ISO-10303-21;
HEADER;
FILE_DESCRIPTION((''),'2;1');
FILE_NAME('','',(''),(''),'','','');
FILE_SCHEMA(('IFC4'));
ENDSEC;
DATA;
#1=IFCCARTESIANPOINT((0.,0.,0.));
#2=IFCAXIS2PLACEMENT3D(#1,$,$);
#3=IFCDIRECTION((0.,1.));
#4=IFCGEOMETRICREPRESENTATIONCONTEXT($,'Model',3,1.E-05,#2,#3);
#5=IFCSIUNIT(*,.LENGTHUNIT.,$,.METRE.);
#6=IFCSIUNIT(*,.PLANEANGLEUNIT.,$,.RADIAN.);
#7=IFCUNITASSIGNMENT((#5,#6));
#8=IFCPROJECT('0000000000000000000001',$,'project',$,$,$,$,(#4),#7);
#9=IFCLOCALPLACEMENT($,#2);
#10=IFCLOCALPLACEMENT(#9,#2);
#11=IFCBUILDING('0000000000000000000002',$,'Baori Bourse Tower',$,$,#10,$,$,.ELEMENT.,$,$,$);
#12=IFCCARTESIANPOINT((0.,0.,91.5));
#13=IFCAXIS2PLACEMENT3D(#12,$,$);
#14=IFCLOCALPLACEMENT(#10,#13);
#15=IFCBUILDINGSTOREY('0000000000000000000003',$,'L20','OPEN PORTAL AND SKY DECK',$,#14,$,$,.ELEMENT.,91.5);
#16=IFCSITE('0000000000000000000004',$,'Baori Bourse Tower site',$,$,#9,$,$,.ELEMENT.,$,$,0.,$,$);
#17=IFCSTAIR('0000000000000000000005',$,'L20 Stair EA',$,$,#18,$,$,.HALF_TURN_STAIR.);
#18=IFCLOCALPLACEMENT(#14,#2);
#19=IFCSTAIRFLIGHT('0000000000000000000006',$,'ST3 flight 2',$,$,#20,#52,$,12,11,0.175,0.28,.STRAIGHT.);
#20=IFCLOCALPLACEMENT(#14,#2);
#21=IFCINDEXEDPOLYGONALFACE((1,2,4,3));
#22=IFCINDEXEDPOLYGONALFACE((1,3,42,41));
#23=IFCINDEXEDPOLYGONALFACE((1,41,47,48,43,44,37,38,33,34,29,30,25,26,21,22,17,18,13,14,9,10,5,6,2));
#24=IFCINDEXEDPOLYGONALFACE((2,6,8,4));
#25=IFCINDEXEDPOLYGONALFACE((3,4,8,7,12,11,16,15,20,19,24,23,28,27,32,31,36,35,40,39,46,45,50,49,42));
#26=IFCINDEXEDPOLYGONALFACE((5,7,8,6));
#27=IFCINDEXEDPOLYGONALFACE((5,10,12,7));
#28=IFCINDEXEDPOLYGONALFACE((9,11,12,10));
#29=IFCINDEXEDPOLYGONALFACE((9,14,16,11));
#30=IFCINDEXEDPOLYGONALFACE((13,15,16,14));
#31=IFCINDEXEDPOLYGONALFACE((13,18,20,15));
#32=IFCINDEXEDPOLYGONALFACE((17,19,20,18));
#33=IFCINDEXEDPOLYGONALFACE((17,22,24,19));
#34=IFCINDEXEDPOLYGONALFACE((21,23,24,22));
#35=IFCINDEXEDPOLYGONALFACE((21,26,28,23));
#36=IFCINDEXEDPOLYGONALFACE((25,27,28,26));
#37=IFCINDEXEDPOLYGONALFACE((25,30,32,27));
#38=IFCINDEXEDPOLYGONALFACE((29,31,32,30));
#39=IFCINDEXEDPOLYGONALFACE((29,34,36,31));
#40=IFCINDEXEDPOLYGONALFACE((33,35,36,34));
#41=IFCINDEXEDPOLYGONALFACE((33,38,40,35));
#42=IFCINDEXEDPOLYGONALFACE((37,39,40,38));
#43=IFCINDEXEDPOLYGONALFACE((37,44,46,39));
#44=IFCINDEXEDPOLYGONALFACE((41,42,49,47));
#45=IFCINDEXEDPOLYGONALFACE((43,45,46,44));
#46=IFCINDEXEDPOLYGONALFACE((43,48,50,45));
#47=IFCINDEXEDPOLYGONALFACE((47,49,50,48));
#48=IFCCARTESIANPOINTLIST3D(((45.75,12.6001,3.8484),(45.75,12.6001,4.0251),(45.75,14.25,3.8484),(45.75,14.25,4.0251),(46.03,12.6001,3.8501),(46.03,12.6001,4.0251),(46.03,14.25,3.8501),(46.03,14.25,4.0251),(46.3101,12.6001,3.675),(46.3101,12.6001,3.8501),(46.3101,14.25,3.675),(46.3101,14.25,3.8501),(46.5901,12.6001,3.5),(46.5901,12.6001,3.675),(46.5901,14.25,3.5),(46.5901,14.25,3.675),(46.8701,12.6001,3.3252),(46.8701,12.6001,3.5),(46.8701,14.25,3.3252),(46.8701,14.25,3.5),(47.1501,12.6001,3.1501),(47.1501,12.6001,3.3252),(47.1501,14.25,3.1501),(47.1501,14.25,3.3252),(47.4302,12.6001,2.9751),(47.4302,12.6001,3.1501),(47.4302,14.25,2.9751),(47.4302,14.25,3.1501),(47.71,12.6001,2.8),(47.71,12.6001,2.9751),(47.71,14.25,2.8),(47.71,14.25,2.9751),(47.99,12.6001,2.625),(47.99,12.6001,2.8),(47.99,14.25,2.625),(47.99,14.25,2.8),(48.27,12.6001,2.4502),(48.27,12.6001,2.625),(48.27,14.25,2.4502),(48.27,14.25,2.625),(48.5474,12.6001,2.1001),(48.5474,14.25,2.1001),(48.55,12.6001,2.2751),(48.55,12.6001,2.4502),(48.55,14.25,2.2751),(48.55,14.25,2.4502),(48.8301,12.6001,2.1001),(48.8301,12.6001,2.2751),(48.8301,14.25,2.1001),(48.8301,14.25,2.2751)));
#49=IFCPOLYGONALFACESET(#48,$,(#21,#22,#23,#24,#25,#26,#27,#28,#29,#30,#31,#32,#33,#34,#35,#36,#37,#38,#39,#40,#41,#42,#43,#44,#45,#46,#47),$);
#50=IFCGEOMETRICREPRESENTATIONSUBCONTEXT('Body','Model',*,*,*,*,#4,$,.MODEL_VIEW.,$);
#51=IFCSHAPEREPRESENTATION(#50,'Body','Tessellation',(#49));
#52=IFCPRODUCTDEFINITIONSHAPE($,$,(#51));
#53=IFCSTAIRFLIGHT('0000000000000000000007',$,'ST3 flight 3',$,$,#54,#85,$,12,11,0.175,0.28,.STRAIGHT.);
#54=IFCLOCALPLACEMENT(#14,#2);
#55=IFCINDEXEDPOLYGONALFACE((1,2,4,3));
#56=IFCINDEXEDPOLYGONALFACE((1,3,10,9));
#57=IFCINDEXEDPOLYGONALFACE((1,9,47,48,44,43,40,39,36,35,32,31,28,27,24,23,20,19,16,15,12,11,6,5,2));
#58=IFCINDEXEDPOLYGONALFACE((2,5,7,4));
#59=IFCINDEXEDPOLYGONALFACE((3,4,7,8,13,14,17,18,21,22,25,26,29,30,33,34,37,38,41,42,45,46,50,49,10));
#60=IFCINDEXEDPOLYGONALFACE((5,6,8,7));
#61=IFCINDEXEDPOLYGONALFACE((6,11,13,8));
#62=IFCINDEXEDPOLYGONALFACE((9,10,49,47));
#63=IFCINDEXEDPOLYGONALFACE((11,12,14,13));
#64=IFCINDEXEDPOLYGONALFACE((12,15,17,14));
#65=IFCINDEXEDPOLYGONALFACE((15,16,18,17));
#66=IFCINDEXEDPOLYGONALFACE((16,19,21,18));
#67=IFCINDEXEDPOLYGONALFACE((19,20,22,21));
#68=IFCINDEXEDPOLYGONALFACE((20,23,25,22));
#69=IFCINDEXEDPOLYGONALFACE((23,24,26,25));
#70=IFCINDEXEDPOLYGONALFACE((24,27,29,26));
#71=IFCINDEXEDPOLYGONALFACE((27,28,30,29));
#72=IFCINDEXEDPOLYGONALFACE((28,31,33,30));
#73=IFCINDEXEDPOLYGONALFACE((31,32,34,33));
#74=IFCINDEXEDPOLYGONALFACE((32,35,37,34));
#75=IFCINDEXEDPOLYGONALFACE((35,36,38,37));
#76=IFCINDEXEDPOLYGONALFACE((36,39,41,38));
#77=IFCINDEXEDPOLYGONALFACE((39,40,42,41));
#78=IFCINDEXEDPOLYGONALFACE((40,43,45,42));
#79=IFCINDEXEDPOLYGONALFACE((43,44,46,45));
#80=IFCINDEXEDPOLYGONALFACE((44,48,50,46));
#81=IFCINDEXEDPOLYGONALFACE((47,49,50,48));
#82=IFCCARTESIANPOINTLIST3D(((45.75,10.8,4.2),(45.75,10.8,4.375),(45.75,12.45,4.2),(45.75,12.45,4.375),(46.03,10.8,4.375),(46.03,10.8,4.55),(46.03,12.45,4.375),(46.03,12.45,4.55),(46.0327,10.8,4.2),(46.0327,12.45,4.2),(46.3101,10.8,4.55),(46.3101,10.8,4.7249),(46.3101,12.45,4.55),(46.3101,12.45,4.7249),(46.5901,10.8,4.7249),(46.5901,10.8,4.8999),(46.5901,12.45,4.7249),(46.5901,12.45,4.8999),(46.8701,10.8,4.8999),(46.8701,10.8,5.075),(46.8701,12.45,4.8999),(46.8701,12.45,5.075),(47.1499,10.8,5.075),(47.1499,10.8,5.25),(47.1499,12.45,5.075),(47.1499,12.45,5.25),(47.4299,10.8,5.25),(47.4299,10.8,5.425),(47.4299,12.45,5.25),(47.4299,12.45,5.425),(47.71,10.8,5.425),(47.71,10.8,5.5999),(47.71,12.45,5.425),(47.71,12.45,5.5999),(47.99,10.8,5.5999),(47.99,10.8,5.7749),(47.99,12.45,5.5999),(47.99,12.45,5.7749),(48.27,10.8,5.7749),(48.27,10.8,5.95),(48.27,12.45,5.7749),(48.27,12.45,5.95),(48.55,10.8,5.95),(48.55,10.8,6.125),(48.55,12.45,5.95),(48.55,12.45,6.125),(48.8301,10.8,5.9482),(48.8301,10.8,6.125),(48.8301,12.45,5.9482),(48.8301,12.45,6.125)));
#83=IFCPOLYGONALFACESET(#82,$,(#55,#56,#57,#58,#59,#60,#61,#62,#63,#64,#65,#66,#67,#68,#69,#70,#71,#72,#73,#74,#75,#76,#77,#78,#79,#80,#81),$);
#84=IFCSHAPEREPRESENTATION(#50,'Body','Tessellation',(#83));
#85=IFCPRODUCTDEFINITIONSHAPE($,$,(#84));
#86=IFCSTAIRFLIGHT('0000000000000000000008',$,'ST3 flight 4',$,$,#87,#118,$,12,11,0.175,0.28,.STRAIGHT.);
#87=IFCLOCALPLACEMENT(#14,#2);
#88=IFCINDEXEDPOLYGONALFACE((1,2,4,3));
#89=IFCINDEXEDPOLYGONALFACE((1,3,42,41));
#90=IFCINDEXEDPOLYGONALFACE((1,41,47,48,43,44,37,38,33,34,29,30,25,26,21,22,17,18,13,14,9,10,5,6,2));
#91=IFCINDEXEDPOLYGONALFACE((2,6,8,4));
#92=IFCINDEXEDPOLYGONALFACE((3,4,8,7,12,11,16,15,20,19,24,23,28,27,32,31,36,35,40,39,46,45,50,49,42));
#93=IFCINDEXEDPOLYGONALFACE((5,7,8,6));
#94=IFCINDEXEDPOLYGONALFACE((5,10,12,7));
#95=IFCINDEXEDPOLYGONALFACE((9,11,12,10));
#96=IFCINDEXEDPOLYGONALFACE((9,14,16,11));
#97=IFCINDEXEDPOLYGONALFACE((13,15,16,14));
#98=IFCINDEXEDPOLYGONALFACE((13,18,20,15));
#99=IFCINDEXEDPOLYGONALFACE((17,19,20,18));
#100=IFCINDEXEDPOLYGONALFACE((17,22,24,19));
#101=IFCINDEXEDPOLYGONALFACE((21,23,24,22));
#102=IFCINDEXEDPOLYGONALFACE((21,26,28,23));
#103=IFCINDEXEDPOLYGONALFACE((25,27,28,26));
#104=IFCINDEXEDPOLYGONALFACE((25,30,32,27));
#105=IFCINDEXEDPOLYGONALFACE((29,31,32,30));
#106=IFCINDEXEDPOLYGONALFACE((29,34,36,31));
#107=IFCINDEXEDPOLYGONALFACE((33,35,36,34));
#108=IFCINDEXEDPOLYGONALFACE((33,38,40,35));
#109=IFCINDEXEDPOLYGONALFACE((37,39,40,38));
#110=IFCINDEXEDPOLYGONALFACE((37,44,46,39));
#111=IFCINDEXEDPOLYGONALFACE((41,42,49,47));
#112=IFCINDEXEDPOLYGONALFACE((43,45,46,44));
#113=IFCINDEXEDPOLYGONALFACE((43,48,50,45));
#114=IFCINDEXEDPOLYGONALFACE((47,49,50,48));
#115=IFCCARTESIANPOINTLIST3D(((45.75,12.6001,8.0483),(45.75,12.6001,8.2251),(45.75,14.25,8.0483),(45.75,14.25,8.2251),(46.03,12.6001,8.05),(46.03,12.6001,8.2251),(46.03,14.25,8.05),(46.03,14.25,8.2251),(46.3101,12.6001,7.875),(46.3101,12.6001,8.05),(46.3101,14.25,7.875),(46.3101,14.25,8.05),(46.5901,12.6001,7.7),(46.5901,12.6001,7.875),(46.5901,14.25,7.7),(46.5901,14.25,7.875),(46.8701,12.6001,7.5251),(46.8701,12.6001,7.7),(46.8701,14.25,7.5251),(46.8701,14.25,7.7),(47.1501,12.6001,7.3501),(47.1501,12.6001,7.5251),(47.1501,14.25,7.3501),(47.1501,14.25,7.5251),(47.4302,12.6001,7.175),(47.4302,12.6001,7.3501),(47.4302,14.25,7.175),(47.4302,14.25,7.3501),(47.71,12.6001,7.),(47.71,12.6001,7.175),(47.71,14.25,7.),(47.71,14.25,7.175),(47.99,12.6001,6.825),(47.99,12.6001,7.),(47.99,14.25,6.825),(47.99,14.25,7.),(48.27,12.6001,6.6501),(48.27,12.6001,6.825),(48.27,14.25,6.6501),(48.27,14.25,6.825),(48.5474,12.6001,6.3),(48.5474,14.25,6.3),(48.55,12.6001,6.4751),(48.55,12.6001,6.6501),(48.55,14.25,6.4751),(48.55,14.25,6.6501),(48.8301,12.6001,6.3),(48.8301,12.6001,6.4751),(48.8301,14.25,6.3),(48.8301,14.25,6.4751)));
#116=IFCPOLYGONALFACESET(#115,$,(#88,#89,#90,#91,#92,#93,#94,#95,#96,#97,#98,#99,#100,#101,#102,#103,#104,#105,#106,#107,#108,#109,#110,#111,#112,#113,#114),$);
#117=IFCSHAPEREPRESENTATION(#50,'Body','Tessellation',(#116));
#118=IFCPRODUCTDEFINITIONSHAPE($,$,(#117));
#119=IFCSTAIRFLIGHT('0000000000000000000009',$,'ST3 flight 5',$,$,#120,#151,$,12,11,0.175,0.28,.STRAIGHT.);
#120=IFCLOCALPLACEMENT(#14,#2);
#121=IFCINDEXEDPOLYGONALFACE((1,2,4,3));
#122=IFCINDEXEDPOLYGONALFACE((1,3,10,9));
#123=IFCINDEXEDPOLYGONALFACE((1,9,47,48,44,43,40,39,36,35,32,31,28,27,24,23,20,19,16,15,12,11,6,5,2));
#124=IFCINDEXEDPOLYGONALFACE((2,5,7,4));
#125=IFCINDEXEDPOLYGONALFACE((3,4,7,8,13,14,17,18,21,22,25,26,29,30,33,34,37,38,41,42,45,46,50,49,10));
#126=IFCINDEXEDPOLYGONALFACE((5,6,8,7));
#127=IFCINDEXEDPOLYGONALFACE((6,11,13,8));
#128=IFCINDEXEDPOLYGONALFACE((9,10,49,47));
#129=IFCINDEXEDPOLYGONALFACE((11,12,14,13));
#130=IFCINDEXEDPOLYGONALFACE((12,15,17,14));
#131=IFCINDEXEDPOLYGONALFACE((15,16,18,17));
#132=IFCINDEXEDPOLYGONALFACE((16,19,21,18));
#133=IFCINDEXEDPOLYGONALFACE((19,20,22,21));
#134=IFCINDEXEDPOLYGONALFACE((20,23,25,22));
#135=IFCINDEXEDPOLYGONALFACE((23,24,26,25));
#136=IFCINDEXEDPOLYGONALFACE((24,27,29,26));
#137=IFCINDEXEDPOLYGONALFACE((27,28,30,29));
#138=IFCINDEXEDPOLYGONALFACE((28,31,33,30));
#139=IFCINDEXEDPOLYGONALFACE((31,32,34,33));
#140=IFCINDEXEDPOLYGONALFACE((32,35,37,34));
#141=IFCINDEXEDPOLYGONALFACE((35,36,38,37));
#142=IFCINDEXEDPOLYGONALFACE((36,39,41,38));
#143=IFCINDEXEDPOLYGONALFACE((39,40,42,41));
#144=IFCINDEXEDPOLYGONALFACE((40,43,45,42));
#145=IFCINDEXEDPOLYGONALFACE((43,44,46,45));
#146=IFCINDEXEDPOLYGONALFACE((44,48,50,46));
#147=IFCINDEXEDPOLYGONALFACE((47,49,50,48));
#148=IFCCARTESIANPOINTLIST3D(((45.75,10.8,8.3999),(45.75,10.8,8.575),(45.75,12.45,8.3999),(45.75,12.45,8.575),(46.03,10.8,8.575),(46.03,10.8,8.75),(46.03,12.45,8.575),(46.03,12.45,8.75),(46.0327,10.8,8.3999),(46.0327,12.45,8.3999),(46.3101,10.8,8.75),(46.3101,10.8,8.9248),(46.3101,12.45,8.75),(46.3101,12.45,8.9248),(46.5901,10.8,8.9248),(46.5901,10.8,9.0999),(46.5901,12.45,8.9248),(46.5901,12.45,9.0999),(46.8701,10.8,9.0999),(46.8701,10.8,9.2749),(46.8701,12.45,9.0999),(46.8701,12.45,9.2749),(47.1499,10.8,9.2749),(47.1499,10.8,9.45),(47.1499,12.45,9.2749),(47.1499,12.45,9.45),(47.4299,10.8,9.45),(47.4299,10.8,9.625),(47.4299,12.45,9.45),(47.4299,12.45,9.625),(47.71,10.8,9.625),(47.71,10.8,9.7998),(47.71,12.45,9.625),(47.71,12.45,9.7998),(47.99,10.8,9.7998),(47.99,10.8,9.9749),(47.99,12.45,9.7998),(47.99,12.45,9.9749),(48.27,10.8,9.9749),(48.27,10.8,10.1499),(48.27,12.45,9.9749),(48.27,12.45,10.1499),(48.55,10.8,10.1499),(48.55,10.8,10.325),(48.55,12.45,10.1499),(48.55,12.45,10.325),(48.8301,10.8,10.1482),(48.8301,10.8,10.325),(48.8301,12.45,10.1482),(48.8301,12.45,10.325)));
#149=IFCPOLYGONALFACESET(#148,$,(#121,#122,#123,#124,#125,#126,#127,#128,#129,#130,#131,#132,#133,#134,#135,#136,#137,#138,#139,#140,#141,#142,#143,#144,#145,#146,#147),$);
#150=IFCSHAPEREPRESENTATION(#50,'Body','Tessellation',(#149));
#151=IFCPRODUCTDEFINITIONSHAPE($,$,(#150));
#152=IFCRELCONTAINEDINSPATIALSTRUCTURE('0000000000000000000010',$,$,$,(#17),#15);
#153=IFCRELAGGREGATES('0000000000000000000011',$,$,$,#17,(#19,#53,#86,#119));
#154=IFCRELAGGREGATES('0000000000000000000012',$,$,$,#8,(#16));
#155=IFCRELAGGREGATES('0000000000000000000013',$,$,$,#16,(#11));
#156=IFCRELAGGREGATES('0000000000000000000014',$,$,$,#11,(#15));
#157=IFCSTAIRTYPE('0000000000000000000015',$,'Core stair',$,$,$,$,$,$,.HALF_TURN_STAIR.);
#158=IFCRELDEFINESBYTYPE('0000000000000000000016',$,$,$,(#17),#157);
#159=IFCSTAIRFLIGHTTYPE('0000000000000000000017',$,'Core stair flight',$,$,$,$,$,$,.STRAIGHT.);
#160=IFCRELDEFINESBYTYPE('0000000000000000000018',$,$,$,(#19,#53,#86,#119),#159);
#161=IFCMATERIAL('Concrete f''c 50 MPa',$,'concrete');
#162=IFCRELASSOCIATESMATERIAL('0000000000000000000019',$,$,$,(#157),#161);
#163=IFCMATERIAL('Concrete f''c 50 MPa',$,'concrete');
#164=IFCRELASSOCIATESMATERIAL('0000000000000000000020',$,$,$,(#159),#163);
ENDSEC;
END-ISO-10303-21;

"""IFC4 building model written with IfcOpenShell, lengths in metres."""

from ifc_helpers import new_model, si_unit, direction, frame, origin, place, context, subcontext, project, spatial, polyline, outline, extrude, material, type_object, element, aggregate, save


model = new_model("IFC4")

# Units and contexts
model_context = context("Model", 3, precision=1e-05, world=origin(), true_north=direction((0.0, 1.0)))
body_context = subcontext(model_context, "Body", "Model", "MODEL_VIEW")
ifc_project = project(units=[si_unit("LENGTHUNIT", "METRE"), si_unit("PLANEANGLEUNIT", "RADIAN")], contexts=[model_context])

# Site, building, storey
site_placement = place(None, origin())
site = spatial("IfcSite", under=ifc_project, at=site_placement, Name="Baori Bourse Tower site", CompositionType="ELEMENT", RefElevation=0.0)
building_placement = place(site_placement, origin())
building = spatial("IfcBuilding", under=site, at=building_placement, Name="Baori Bourse Tower", CompositionType="ELEMENT")
storey_placement = place(building_placement, frame((0.0, 0.0, 91.5)))
storey = spatial("IfcBuildingStorey", under=building, at=storey_placement, Name="L20", Description="OPEN PORTAL AND SKY DECK", CompositionType="ELEMENT", Elevation=91.5)

# Stair, stair flights
ifc_material_1 = material(Name="Concrete f'c 50 MPa", Category="concrete")
stair_type = type_object("IfcStairType", Name="Core stair", PredefinedType="HALF_TURN_STAIR", material=ifc_material_1)
stair_placement = place(storey_placement, origin())
stair = element("IfcStair", 1, at=stair_placement, inside=storey, type_object=stair_type, Name="L20 Stair EA", PredefinedType="HALF_TURN_STAIR")
ifc_material_2 = material(Name="Concrete f'c 50 MPa", Category="concrete")
stair_flight_type = type_object("IfcStairFlightType", Name="Core stair flight", PredefinedType="STRAIGHT", material=ifc_material_2)
stair_flight_1_placement = place(storey_placement, frame((48.8301, 13.425, 2.1001), z_axis=(0.0, 0.0, 1.0), x_axis=(-1.0, 0.0, 0.0)))
stair_flight_1 = element("IfcStairFlight", 2, at=stair_flight_1_placement, type_object=stair_flight_type, Name="ST3 flight 2", NumberOfRisers=12, NumberOfTreads=11, PredefinedType="STRAIGHT", RiserHeight=0.175, TreadLength=0.28, context=body_context, shape_type="SweptSolid", body=[
    extrude(outline(polyline([(0.0, 0.0), (0.0, 0.175), (0.28, 0.175), (0.28, 0.3501), (0.5601, 0.3501), (0.5601, 0.5249), (0.8401, 0.5249), (0.8401, 0.7), (1.1201, 0.7), (1.1201, 0.875), (1.3999, 0.875), (1.3999, 1.05), (1.6799, 1.05), (1.6799, 1.2251), (1.96, 1.2251), (1.96, 1.3999), (2.24, 1.3999), (2.24, 1.575), (2.52, 1.575), (2.52, 1.75), (2.8, 1.75), (2.8, 1.925), (3.0801, 1.925), (3.0801, 2.1001), (3.0801, 1.7483), (0.2827, 0.0), (0.0, 0.0)])), frame((0.0, 0.825, 0.0), z_axis=(0.0, -1.0, 0.0), x_axis=(1.0, 0.0, 0.0)), (0.0, 0.0, 1.0), 1.6499),
])
stair_flight_2_placement = place(storey_placement, frame((45.75, 11.625, 4.2), z_axis=(0.0, 0.0, 1.0), x_axis=(1.0, 0.0, 0.0)))
stair_flight_2 = element("IfcStairFlight", 3, at=stair_flight_2_placement, type_object=stair_flight_type, Name="ST3 flight 3", NumberOfRisers=12, NumberOfTreads=11, PredefinedType="STRAIGHT", RiserHeight=0.175, TreadLength=0.28, context=body_context, shape_type="SweptSolid", body=[
    extrude(outline(polyline([(0.0, 0.0), (0.0, 0.175), (0.28, 0.175), (0.28, 0.3501), (0.5601, 0.3501), (0.5601, 0.5249), (0.8401, 0.5249), (0.8401, 0.7), (1.1201, 0.7), (1.1201, 0.875), (1.3999, 0.875), (1.3999, 1.05), (1.6799, 1.05), (1.6799, 1.2251), (1.96, 1.2251), (1.96, 1.3999), (2.24, 1.3999), (2.24, 1.575), (2.52, 1.575), (2.52, 1.75), (2.8, 1.75), (2.8, 1.925), (3.0801, 1.925), (3.0801, 2.1001), (3.0801, 1.7483), (0.2827, 0.0), (0.0, 0.0)])), frame((0.0, 0.825, 0.0), z_axis=(0.0, -1.0, 0.0), x_axis=(1.0, 0.0, 0.0)), (0.0, 0.0, 1.0), 1.6499),
])
stair_flight_3_placement = place(storey_placement, frame((48.8301, 13.425, 6.3), z_axis=(0.0, 0.0, 1.0), x_axis=(-1.0, 0.0, 0.0)))
stair_flight_3 = element("IfcStairFlight", 4, at=stair_flight_3_placement, type_object=stair_flight_type, Name="ST3 flight 4", NumberOfRisers=12, NumberOfTreads=11, PredefinedType="STRAIGHT", RiserHeight=0.175, TreadLength=0.28, context=body_context, shape_type="SweptSolid", body=[
    extrude(outline(polyline([(0.0, 0.0), (0.0, 0.175), (0.28, 0.175), (0.28, 0.3501), (0.5601, 0.3501), (0.5601, 0.5249), (0.8401, 0.5249), (0.8401, 0.7), (1.1201, 0.7), (1.1201, 0.875), (1.3999, 0.875), (1.3999, 1.05), (1.6799, 1.05), (1.6799, 1.2251), (1.96, 1.2251), (1.96, 1.3999), (2.24, 1.3999), (2.24, 1.575), (2.52, 1.575), (2.52, 1.75), (2.8, 1.75), (2.8, 1.925), (3.0801, 1.925), (3.0801, 2.1001), (3.0801, 1.7483), (0.2827, 0.0), (0.0, 0.0)])), frame((0.0, 0.825, 0.0), z_axis=(0.0, -1.0, 0.0), x_axis=(1.0, 0.0, 0.0)), (0.0, 0.0, 1.0), 1.6499),
])
stair_flight_4_placement = place(storey_placement, frame((45.75, 11.625, 8.3999), z_axis=(0.0, 0.0, 1.0), x_axis=(1.0, 0.0, 0.0)))
stair_flight_4 = element("IfcStairFlight", 5, at=stair_flight_4_placement, type_object=stair_flight_type, Name="ST3 flight 5", NumberOfRisers=12, NumberOfTreads=11, PredefinedType="STRAIGHT", RiserHeight=0.175, TreadLength=0.28, context=body_context, shape_type="SweptSolid", body=[
    extrude(outline(polyline([(0.0, 0.0), (0.0, 0.175), (0.28, 0.175), (0.28, 0.3501), (0.5601, 0.3501), (0.5601, 0.5249), (0.8401, 0.5249), (0.8401, 0.7), (1.1201, 0.7), (1.1201, 0.875), (1.3999, 0.875), (1.3999, 1.05), (1.6799, 1.05), (1.6799, 1.2251), (1.96, 1.2251), (1.96, 1.3999), (2.24, 1.3999), (2.24, 1.575), (2.52, 1.575), (2.52, 1.75), (2.8, 1.75), (2.8, 1.925), (3.0801, 1.925), (3.0801, 2.1001), (3.0801, 1.7483), (0.2827, 0.0), (0.0, 0.0)])), frame((0.0, 0.825, 0.0), z_axis=(0.0, -1.0, 0.0), x_axis=(1.0, 0.0, 0.0)), (0.0, 0.0, 1.0), 1.6499),
])
aggregate(stair, [stair_flight_1, stair_flight_2, stair_flight_3, stair_flight_4])

save(model, "model.ifc")
